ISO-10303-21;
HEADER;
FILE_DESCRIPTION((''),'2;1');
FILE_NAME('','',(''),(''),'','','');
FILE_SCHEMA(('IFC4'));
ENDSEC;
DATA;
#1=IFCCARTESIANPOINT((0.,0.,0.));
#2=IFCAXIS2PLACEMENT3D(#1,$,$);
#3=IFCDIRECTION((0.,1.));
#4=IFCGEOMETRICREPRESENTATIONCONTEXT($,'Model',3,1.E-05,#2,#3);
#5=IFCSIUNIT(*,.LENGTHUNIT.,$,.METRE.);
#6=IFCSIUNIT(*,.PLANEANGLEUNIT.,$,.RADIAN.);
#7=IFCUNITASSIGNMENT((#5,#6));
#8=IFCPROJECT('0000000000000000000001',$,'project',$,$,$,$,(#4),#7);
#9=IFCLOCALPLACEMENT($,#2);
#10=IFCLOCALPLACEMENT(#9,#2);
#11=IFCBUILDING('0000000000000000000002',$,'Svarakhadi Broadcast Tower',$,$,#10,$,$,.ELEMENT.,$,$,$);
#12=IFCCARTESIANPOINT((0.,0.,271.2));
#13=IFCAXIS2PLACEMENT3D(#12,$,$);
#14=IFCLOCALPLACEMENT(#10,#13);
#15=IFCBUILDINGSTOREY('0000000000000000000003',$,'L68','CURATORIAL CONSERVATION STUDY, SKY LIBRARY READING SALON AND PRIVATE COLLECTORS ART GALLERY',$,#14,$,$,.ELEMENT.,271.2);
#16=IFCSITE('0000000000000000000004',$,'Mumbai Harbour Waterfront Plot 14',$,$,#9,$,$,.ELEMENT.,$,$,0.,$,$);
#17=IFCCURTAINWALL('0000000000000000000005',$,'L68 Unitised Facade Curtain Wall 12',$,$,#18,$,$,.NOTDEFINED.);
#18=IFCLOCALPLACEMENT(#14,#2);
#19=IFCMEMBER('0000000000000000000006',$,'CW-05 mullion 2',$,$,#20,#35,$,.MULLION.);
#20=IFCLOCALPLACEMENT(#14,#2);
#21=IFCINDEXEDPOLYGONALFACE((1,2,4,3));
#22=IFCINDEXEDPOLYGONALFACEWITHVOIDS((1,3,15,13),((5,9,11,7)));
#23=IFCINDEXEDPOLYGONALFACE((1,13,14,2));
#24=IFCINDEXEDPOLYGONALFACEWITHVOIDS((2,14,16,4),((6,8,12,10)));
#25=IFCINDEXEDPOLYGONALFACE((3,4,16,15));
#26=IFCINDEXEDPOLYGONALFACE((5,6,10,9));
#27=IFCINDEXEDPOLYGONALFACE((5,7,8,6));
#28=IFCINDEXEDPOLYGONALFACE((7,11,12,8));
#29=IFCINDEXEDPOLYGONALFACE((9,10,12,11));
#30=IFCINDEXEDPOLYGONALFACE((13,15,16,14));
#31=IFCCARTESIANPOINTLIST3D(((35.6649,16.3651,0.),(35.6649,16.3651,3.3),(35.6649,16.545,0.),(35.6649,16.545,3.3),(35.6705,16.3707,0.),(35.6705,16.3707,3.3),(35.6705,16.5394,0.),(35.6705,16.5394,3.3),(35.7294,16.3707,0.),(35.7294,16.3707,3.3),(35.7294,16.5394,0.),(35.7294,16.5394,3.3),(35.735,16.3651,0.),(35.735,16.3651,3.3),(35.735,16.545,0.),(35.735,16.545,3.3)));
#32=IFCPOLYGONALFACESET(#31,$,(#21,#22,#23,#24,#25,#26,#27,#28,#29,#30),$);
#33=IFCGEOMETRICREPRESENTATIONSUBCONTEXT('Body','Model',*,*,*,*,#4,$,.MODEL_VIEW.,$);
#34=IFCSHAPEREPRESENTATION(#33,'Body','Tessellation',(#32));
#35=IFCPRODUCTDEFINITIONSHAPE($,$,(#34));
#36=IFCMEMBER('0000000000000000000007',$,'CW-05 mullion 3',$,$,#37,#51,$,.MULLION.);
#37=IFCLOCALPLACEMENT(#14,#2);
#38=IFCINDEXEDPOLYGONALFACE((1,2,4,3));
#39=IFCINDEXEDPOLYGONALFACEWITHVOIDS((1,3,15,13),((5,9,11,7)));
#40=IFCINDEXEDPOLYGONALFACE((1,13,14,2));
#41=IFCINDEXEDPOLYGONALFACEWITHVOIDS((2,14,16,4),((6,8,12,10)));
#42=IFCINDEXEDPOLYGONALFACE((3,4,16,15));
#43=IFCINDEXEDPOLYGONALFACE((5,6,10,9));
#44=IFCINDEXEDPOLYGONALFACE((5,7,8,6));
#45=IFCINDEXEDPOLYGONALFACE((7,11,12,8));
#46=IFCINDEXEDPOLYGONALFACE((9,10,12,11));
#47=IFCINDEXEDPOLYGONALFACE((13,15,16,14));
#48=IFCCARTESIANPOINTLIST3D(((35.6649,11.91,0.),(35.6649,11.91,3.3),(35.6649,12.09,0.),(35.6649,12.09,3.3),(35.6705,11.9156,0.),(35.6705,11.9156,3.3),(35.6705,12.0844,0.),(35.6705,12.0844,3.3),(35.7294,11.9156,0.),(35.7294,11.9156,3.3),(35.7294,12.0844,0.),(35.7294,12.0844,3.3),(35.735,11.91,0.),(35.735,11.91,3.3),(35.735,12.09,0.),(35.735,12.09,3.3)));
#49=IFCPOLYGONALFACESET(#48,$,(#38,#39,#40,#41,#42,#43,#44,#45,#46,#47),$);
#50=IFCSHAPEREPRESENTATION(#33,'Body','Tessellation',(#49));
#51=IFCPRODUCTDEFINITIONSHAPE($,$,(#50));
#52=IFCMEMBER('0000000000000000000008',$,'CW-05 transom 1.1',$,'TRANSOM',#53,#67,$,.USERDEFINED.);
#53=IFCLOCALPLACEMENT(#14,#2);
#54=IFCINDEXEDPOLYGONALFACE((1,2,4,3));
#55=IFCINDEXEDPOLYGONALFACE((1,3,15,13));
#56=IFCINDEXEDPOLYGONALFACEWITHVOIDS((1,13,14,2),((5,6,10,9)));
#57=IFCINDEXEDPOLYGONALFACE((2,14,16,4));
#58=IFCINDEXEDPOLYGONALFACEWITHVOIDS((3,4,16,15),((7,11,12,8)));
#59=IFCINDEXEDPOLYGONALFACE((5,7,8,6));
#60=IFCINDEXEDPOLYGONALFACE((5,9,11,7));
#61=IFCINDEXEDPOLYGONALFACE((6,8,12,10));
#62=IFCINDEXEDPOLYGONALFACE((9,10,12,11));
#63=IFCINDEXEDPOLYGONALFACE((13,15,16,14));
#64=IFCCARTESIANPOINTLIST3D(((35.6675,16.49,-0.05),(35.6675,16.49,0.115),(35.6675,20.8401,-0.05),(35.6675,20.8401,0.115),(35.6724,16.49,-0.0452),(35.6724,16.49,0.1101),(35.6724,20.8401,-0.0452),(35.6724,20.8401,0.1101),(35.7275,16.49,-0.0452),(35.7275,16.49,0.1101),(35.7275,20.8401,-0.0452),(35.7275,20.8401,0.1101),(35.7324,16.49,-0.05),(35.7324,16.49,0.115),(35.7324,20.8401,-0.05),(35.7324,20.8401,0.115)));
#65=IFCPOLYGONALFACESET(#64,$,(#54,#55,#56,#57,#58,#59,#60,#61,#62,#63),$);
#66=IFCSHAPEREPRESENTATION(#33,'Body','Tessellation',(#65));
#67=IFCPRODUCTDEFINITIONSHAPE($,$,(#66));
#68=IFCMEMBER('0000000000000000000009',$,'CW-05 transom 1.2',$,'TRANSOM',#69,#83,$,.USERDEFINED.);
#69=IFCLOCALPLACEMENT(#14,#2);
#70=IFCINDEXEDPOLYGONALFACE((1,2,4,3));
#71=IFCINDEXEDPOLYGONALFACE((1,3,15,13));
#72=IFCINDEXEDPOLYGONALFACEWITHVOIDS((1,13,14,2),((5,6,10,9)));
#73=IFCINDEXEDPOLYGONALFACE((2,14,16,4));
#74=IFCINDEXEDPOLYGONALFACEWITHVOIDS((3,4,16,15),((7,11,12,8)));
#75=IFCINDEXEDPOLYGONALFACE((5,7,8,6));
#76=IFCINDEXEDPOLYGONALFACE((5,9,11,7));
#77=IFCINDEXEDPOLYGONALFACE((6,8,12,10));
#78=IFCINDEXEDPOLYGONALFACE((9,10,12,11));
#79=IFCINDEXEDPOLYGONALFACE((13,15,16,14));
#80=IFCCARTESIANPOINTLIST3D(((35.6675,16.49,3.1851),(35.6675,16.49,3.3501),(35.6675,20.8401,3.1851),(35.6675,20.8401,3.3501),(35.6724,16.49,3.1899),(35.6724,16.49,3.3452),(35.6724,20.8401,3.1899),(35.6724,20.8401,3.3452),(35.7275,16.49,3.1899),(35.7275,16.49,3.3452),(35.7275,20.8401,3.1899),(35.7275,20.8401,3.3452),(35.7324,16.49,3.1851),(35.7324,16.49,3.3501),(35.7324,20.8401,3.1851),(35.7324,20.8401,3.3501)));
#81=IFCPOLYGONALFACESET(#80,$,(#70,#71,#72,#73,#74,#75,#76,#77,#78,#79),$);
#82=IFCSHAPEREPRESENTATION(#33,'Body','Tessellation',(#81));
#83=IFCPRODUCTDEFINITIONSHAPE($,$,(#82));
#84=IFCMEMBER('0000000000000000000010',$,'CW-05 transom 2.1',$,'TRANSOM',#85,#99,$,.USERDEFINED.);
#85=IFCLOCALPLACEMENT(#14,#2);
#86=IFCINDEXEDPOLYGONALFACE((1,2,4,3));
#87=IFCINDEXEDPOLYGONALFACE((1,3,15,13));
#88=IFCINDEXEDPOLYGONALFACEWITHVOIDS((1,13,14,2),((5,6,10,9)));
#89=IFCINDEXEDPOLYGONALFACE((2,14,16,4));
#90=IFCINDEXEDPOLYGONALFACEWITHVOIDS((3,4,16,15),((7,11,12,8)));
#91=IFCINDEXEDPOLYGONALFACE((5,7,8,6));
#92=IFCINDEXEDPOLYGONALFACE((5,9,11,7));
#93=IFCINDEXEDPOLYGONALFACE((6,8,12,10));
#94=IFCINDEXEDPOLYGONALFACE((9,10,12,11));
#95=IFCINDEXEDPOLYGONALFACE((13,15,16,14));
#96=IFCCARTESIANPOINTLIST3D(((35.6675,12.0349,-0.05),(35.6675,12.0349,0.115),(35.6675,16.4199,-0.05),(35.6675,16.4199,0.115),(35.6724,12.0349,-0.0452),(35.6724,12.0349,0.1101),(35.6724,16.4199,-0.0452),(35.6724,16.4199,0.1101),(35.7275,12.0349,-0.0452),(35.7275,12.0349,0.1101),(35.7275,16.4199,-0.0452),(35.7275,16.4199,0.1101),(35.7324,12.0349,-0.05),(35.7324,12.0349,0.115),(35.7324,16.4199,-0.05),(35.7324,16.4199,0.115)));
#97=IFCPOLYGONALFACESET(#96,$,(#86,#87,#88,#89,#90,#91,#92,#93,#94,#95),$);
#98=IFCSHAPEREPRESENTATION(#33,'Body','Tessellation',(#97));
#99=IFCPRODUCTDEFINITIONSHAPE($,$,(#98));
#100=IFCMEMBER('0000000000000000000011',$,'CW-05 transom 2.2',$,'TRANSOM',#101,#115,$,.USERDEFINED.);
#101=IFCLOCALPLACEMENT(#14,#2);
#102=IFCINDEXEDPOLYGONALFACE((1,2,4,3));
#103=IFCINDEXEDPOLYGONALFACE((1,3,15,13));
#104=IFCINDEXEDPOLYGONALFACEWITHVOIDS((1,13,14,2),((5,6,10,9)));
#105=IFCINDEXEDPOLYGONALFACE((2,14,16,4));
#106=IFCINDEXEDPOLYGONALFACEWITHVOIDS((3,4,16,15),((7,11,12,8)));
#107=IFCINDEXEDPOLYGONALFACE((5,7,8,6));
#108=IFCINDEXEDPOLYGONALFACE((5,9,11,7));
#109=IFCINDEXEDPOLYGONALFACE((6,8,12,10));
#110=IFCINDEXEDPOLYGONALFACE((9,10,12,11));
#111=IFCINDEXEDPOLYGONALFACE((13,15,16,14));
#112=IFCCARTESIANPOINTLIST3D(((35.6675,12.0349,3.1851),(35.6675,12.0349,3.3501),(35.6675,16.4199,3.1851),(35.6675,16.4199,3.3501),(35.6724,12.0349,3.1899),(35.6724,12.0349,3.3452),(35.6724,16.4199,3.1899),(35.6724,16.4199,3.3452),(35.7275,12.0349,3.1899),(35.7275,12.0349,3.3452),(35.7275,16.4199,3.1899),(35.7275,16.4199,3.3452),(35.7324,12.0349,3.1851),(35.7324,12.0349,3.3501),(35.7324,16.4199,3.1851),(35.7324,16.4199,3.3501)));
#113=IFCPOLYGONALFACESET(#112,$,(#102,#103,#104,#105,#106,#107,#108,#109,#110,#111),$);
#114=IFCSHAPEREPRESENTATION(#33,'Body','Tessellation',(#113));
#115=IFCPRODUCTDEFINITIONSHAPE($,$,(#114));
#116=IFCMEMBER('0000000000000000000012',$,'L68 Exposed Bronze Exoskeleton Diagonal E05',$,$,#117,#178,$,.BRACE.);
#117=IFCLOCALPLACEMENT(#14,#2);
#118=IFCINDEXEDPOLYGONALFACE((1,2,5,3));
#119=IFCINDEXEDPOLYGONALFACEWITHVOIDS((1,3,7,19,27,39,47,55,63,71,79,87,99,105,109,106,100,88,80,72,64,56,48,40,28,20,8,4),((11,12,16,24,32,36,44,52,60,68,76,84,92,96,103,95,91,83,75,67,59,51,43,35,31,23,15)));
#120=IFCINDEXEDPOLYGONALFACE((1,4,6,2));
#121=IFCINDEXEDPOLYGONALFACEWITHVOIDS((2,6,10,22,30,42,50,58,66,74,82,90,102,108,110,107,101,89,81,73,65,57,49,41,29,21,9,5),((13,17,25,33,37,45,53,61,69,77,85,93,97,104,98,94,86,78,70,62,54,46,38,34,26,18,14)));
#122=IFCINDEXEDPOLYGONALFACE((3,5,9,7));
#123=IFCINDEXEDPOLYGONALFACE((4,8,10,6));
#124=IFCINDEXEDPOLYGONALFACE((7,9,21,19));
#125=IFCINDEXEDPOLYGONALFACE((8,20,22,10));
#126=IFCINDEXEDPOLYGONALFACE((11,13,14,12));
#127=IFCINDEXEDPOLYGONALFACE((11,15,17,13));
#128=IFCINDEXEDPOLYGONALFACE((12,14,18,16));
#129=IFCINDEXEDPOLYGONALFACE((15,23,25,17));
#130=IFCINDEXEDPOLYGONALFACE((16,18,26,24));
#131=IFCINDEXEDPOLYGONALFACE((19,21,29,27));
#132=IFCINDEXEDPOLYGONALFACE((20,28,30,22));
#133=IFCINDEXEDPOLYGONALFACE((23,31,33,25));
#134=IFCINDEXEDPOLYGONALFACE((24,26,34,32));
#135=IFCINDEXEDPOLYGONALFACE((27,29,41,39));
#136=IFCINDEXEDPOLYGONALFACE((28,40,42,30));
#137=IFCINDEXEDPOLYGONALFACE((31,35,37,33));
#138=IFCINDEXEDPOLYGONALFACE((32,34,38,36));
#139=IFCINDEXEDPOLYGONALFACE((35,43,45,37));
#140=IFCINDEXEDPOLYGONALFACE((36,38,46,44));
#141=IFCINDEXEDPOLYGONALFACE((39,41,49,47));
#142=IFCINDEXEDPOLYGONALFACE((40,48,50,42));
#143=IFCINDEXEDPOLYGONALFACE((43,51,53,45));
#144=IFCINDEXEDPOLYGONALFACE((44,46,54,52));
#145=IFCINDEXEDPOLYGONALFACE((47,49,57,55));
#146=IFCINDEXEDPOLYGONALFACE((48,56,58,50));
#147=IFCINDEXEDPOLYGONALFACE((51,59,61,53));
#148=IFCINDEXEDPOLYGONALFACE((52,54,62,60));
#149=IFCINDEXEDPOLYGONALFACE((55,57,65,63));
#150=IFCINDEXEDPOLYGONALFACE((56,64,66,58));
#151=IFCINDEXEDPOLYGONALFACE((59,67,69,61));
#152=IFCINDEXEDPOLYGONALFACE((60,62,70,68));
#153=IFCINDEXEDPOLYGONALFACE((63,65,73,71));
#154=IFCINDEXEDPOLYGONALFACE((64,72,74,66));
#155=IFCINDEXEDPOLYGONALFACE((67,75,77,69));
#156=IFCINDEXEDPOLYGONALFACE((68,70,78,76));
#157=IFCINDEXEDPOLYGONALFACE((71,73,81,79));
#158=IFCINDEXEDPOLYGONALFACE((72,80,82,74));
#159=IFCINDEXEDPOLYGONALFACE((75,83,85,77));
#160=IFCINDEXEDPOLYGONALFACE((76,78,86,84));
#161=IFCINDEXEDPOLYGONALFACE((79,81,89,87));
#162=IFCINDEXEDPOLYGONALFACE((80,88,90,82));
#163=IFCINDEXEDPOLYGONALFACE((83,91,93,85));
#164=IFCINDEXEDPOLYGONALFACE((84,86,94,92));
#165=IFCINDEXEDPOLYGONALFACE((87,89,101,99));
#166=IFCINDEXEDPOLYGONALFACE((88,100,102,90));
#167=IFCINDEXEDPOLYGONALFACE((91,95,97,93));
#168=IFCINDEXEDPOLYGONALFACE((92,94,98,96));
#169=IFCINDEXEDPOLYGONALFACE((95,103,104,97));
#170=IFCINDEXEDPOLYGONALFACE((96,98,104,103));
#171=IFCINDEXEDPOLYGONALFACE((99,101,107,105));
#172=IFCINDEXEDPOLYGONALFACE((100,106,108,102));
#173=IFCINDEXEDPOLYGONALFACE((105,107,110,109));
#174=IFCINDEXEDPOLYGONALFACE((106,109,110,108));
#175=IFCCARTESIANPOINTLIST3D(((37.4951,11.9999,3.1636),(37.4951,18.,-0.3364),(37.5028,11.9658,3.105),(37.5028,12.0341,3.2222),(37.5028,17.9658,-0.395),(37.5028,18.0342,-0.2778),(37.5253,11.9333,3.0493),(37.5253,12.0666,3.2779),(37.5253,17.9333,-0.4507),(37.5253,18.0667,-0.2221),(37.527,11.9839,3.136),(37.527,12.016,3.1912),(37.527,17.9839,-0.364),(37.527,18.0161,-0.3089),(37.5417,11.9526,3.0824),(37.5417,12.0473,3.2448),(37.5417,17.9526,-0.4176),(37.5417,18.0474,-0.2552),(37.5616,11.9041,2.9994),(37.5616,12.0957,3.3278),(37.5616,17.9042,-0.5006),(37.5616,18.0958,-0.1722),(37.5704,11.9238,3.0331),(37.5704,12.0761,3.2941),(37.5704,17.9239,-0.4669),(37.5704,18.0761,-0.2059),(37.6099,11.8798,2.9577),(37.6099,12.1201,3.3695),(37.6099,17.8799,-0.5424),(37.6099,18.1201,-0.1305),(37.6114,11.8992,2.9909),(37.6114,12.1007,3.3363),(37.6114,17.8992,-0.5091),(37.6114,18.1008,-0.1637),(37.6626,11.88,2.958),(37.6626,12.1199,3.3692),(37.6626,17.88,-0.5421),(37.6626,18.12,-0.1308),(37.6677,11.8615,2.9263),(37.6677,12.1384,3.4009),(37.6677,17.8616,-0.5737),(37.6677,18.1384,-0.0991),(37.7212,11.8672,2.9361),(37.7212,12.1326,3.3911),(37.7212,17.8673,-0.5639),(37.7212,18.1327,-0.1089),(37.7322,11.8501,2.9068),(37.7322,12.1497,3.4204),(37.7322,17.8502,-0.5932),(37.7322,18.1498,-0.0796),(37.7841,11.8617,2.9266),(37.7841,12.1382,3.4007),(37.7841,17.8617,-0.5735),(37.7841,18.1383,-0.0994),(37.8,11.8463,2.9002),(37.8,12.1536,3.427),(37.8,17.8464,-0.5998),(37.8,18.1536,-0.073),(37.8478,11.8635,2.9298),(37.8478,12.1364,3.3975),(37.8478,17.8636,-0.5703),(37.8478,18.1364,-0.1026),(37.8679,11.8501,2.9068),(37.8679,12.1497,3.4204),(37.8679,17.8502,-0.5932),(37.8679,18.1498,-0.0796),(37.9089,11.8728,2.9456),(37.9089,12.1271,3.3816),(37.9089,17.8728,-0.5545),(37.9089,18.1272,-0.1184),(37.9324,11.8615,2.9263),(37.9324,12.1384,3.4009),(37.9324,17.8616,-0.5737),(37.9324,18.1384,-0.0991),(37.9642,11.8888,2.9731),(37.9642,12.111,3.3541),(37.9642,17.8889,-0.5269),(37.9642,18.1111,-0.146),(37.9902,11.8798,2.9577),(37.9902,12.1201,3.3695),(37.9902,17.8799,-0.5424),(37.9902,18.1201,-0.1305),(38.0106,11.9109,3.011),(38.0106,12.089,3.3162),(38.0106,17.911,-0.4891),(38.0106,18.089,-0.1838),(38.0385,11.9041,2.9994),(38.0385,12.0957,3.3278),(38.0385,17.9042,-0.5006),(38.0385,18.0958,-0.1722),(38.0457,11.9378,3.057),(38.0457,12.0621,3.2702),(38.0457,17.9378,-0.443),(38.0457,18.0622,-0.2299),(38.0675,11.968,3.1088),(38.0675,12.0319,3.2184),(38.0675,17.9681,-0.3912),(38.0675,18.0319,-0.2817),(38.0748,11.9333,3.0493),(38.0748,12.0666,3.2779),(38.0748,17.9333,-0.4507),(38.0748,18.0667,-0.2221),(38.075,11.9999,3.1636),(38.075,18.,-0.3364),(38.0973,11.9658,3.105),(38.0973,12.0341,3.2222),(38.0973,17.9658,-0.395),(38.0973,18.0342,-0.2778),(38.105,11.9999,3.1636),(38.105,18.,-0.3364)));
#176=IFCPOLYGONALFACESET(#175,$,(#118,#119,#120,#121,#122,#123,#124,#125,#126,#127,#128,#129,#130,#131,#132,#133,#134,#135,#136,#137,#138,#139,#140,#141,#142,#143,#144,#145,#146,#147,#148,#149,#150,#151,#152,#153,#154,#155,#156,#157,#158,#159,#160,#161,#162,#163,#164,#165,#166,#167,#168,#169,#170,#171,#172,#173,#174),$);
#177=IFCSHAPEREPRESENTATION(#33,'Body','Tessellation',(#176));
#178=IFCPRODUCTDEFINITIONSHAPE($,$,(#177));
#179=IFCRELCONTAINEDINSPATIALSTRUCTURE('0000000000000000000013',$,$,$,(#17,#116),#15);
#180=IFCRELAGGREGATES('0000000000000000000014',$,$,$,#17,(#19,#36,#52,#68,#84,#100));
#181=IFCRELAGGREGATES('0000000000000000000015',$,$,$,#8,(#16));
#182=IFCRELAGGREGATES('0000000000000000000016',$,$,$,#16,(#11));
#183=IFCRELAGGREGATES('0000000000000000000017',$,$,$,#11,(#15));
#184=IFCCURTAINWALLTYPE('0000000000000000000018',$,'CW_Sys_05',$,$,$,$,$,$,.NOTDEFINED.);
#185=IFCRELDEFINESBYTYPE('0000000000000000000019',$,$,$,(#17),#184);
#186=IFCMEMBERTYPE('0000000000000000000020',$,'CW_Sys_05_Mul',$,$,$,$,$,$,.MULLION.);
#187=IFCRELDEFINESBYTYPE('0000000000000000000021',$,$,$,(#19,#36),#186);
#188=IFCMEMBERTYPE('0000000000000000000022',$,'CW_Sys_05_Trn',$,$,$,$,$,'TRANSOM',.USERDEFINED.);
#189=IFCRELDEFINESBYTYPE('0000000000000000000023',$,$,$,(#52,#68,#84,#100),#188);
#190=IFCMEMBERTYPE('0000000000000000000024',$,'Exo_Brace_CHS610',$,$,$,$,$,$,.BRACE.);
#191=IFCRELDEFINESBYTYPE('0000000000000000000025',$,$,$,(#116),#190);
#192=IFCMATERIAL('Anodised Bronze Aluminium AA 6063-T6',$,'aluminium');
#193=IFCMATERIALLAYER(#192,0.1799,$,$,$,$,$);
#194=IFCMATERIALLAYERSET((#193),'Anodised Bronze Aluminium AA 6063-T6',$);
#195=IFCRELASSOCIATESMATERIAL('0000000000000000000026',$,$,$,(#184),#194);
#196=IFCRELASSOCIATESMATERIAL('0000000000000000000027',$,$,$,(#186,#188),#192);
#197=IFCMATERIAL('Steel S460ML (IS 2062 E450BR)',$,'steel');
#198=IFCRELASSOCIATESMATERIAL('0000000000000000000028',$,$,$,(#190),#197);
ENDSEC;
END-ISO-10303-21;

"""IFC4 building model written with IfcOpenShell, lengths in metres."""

from ifc_helpers import new_model, si_unit, direction, frame, origin, origin_2d, place, context, subcontext, project, spatial, hollow_rectangle, hollow_circle, extrude, material, layer, layer_set, material_profile, profile_set, type_object, element, aggregate, save


model = new_model("IFC4")

# Units and contexts
model_context = context("Model", 3, precision=1e-05, world=origin(), true_north=direction((0.0, 1.0)))
body_context = subcontext(model_context, "Body", "Model", "MODEL_VIEW")
ifc_project = project(units=[si_unit("LENGTHUNIT", "METRE"), si_unit("PLANEANGLEUNIT", "RADIAN")], contexts=[model_context])

# Site, building, storey
site_placement = place(None, origin())
site = spatial("IfcSite", under=ifc_project, at=site_placement, Name="Mumbai Harbour Waterfront Plot 14", CompositionType="ELEMENT", RefElevation=0.0)
building_placement = place(site_placement, origin())
building = spatial("IfcBuilding", under=site, at=building_placement, Name="Svarakhadi Broadcast Tower", CompositionType="ELEMENT")
storey_placement = place(building_placement, frame((0.0, 0.0, 271.2)))
storey = spatial("IfcBuildingStorey", under=building, at=storey_placement, Name="L68", Description="CURATORIAL CONSERVATION STUDY, SKY LIBRARY READING SALON AND PRIVATE COLLECTORS ART GALLERY", CompositionType="ELEMENT", Elevation=271.2)

# Shared definitions
ifc_material_1 = material(Name="Steel S460ML (IS 2062 E450BR)", Category="steel")

# Shared definitions
ifc_material_2 = material(Name="Anodised Bronze Aluminium AA 6063-T6", Category="aluminium")
ifc_layer_1 = layer(ifc_material_2, 0.1799)
ifc_layer_set_1 = layer_set([ifc_layer_1], Name="Anodised Bronze Aluminium AA 6063-T6")
curtain_wall_type = type_object("IfcCurtainWallType", Name="CW_Sys_05", PredefinedType="NOTDEFINED", material=ifc_layer_set_1)
ifc_material_profile_1 = material_profile(ifc_material_2, hollow_rectangle(XDim=0.0701, YDim=0.1799, WallThickness=0.0056, at=origin_2d()), Name="ALU MULLION 180x70x6")
ifc_profile_set_1 = profile_set([ifc_material_profile_1], Name="Anodised Bronze Aluminium AA 6063-T6")
member_type_1 = type_object("IfcMemberType", Name="CW_Sys_05_Mul", PredefinedType="MULLION", material=ifc_profile_set_1)

# Curtain wall, members
curtain_wall_1_placement = place(storey_placement, origin())
curtain_wall_1 = element("IfcCurtainWall", 1, at=curtain_wall_1_placement, inside=storey, type_object=curtain_wall_type, Name="L68 Unitised Facade Curtain Wall 12", PredefinedType="NOTDEFINED")
member_1_placement = place(storey_placement, frame((35.7, 16.4551, 0.0), z_axis=(0.0, 0.0, 1.0), x_axis=(1.0, 0.0, 0.0)))
member_1 = element("IfcMember", 2, at=member_1_placement, type_object=member_type_1, Name="CW-05 mullion 2", PredefinedType="MULLION", context=body_context, shape_type="SweptSolid", body=[
    extrude(hollow_rectangle(XDim=0.0701, YDim=0.1799, WallThickness=0.0056, at=origin_2d()), origin(), (0.0, 0.0, 1.0), 3.3),
])
member_2_placement = place(storey_placement, frame((35.7, 12.0, 0.0), z_axis=(0.0, 0.0, 1.0), x_axis=(1.0, 0.0, 0.0)))
member_2 = element("IfcMember", 3, at=member_2_placement, type_object=member_type_1, Name="CW-05 mullion 3", PredefinedType="MULLION", context=body_context, shape_type="SweptSolid", body=[
    extrude(hollow_rectangle(XDim=0.0701, YDim=0.1799, WallThickness=0.0056, at=origin_2d()), origin(), (0.0, 0.0, 1.0), 3.3),
])
ifc_material_profile_2 = material_profile(ifc_material_2, hollow_rectangle(XDim=0.0649, YDim=0.165, WallThickness=0.0049, at=origin_2d()), Name="ALU TRANSOM 165x65x5")
ifc_profile_set_2 = profile_set([ifc_material_profile_2], Name="Anodised Bronze Aluminium AA 6063-T6")
member_type_2 = type_object("IfcMemberType", Name="CW_Sys_05_Trn", ElementType="TRANSOM", PredefinedType="USERDEFINED", material=ifc_profile_set_2)
member_3_placement = place(storey_placement, frame((35.7, 20.8401, 0.0325), z_axis=(0.0, -1.0, 0.0), x_axis=(1.0, 0.0, 0.0)))
member_3 = element("IfcMember", 4, at=member_3_placement, type_object=member_type_2, Name="CW-05 transom 1.1", ObjectType="TRANSOM", PredefinedType="USERDEFINED", context=body_context, shape_type="SweptSolid", body=[
    extrude(hollow_rectangle(XDim=0.0649, YDim=0.165, WallThickness=0.0049, at=origin_2d()), origin(), (0.0, 0.0, 1.0), 4.3501),
])
member_4_placement = place(storey_placement, frame((35.7, 20.8401, 3.2676), z_axis=(0.0, -1.0, 0.0), x_axis=(1.0, 0.0, 0.0)))
member_4 = element("IfcMember", 5, at=member_4_placement, type_object=member_type_2, Name="CW-05 transom 1.2", ObjectType="TRANSOM", PredefinedType="USERDEFINED", context=body_context, shape_type="SweptSolid", body=[
    extrude(hollow_rectangle(XDim=0.0649, YDim=0.165, WallThickness=0.0049, at=origin_2d()), origin(), (0.0, 0.0, 1.0), 4.3501),
])
member_5_placement = place(storey_placement, frame((35.7, 16.4199, 0.0325), z_axis=(0.0, -1.0, 0.0), x_axis=(1.0, 0.0, 0.0)))
member_5 = element("IfcMember", 6, at=member_5_placement, type_object=member_type_2, Name="CW-05 transom 2.1", ObjectType="TRANSOM", PredefinedType="USERDEFINED", context=body_context, shape_type="SweptSolid", body=[
    extrude(hollow_rectangle(XDim=0.0649, YDim=0.165, WallThickness=0.0049, at=origin_2d()), origin(), (0.0, 0.0, 1.0), 4.385),
])
member_6_placement = place(storey_placement, frame((35.7, 16.4199, 3.2676), z_axis=(0.0, -1.0, 0.0), x_axis=(1.0, 0.0, 0.0)))
member_6 = element("IfcMember", 7, at=member_6_placement, type_object=member_type_2, Name="CW-05 transom 2.2", ObjectType="TRANSOM", PredefinedType="USERDEFINED", context=body_context, shape_type="SweptSolid", body=[
    extrude(hollow_rectangle(XDim=0.0649, YDim=0.165, WallThickness=0.0049, at=origin_2d()), origin(), (0.0, 0.0, 1.0), 4.385),
])

# Member
ifc_material_profile_3 = material_profile(ifc_material_1, hollow_circle(Radius=0.3049, WallThickness=0.03, at=origin_2d()), Name="CHS 610x30")
ifc_profile_set_3 = profile_set([ifc_material_profile_3], Name="Steel S460ML (IS 2062 E450BR)")
member_type_3 = type_object("IfcMemberType", Name="Exo_Brace_CHS610", PredefinedType="BRACE", material=ifc_profile_set_3)
member_7_placement = place(storey_placement, frame((37.8, 18.0, -0.3364), z_axis=(0.0, -0.863779, 0.503871), x_axis=(1.0, 0.0, 0.0)))
element("IfcMember", 8, at=member_7_placement, inside=storey, type_object=member_type_3, Name="L68 Exposed Bronze Exoskeleton Diagonal E05", PredefinedType="BRACE", context=body_context, shape_type="SweptSolid", body=[
    extrude(hollow_circle(Radius=0.3049, WallThickness=0.03, at=origin_2d()), origin(), (0.0, 0.0, 1.0), 6.9463),
])

aggregate(curtain_wall_1, [member_1, member_2, member_3, member_4, member_5, member_6])

save(model, "model.ifc")
